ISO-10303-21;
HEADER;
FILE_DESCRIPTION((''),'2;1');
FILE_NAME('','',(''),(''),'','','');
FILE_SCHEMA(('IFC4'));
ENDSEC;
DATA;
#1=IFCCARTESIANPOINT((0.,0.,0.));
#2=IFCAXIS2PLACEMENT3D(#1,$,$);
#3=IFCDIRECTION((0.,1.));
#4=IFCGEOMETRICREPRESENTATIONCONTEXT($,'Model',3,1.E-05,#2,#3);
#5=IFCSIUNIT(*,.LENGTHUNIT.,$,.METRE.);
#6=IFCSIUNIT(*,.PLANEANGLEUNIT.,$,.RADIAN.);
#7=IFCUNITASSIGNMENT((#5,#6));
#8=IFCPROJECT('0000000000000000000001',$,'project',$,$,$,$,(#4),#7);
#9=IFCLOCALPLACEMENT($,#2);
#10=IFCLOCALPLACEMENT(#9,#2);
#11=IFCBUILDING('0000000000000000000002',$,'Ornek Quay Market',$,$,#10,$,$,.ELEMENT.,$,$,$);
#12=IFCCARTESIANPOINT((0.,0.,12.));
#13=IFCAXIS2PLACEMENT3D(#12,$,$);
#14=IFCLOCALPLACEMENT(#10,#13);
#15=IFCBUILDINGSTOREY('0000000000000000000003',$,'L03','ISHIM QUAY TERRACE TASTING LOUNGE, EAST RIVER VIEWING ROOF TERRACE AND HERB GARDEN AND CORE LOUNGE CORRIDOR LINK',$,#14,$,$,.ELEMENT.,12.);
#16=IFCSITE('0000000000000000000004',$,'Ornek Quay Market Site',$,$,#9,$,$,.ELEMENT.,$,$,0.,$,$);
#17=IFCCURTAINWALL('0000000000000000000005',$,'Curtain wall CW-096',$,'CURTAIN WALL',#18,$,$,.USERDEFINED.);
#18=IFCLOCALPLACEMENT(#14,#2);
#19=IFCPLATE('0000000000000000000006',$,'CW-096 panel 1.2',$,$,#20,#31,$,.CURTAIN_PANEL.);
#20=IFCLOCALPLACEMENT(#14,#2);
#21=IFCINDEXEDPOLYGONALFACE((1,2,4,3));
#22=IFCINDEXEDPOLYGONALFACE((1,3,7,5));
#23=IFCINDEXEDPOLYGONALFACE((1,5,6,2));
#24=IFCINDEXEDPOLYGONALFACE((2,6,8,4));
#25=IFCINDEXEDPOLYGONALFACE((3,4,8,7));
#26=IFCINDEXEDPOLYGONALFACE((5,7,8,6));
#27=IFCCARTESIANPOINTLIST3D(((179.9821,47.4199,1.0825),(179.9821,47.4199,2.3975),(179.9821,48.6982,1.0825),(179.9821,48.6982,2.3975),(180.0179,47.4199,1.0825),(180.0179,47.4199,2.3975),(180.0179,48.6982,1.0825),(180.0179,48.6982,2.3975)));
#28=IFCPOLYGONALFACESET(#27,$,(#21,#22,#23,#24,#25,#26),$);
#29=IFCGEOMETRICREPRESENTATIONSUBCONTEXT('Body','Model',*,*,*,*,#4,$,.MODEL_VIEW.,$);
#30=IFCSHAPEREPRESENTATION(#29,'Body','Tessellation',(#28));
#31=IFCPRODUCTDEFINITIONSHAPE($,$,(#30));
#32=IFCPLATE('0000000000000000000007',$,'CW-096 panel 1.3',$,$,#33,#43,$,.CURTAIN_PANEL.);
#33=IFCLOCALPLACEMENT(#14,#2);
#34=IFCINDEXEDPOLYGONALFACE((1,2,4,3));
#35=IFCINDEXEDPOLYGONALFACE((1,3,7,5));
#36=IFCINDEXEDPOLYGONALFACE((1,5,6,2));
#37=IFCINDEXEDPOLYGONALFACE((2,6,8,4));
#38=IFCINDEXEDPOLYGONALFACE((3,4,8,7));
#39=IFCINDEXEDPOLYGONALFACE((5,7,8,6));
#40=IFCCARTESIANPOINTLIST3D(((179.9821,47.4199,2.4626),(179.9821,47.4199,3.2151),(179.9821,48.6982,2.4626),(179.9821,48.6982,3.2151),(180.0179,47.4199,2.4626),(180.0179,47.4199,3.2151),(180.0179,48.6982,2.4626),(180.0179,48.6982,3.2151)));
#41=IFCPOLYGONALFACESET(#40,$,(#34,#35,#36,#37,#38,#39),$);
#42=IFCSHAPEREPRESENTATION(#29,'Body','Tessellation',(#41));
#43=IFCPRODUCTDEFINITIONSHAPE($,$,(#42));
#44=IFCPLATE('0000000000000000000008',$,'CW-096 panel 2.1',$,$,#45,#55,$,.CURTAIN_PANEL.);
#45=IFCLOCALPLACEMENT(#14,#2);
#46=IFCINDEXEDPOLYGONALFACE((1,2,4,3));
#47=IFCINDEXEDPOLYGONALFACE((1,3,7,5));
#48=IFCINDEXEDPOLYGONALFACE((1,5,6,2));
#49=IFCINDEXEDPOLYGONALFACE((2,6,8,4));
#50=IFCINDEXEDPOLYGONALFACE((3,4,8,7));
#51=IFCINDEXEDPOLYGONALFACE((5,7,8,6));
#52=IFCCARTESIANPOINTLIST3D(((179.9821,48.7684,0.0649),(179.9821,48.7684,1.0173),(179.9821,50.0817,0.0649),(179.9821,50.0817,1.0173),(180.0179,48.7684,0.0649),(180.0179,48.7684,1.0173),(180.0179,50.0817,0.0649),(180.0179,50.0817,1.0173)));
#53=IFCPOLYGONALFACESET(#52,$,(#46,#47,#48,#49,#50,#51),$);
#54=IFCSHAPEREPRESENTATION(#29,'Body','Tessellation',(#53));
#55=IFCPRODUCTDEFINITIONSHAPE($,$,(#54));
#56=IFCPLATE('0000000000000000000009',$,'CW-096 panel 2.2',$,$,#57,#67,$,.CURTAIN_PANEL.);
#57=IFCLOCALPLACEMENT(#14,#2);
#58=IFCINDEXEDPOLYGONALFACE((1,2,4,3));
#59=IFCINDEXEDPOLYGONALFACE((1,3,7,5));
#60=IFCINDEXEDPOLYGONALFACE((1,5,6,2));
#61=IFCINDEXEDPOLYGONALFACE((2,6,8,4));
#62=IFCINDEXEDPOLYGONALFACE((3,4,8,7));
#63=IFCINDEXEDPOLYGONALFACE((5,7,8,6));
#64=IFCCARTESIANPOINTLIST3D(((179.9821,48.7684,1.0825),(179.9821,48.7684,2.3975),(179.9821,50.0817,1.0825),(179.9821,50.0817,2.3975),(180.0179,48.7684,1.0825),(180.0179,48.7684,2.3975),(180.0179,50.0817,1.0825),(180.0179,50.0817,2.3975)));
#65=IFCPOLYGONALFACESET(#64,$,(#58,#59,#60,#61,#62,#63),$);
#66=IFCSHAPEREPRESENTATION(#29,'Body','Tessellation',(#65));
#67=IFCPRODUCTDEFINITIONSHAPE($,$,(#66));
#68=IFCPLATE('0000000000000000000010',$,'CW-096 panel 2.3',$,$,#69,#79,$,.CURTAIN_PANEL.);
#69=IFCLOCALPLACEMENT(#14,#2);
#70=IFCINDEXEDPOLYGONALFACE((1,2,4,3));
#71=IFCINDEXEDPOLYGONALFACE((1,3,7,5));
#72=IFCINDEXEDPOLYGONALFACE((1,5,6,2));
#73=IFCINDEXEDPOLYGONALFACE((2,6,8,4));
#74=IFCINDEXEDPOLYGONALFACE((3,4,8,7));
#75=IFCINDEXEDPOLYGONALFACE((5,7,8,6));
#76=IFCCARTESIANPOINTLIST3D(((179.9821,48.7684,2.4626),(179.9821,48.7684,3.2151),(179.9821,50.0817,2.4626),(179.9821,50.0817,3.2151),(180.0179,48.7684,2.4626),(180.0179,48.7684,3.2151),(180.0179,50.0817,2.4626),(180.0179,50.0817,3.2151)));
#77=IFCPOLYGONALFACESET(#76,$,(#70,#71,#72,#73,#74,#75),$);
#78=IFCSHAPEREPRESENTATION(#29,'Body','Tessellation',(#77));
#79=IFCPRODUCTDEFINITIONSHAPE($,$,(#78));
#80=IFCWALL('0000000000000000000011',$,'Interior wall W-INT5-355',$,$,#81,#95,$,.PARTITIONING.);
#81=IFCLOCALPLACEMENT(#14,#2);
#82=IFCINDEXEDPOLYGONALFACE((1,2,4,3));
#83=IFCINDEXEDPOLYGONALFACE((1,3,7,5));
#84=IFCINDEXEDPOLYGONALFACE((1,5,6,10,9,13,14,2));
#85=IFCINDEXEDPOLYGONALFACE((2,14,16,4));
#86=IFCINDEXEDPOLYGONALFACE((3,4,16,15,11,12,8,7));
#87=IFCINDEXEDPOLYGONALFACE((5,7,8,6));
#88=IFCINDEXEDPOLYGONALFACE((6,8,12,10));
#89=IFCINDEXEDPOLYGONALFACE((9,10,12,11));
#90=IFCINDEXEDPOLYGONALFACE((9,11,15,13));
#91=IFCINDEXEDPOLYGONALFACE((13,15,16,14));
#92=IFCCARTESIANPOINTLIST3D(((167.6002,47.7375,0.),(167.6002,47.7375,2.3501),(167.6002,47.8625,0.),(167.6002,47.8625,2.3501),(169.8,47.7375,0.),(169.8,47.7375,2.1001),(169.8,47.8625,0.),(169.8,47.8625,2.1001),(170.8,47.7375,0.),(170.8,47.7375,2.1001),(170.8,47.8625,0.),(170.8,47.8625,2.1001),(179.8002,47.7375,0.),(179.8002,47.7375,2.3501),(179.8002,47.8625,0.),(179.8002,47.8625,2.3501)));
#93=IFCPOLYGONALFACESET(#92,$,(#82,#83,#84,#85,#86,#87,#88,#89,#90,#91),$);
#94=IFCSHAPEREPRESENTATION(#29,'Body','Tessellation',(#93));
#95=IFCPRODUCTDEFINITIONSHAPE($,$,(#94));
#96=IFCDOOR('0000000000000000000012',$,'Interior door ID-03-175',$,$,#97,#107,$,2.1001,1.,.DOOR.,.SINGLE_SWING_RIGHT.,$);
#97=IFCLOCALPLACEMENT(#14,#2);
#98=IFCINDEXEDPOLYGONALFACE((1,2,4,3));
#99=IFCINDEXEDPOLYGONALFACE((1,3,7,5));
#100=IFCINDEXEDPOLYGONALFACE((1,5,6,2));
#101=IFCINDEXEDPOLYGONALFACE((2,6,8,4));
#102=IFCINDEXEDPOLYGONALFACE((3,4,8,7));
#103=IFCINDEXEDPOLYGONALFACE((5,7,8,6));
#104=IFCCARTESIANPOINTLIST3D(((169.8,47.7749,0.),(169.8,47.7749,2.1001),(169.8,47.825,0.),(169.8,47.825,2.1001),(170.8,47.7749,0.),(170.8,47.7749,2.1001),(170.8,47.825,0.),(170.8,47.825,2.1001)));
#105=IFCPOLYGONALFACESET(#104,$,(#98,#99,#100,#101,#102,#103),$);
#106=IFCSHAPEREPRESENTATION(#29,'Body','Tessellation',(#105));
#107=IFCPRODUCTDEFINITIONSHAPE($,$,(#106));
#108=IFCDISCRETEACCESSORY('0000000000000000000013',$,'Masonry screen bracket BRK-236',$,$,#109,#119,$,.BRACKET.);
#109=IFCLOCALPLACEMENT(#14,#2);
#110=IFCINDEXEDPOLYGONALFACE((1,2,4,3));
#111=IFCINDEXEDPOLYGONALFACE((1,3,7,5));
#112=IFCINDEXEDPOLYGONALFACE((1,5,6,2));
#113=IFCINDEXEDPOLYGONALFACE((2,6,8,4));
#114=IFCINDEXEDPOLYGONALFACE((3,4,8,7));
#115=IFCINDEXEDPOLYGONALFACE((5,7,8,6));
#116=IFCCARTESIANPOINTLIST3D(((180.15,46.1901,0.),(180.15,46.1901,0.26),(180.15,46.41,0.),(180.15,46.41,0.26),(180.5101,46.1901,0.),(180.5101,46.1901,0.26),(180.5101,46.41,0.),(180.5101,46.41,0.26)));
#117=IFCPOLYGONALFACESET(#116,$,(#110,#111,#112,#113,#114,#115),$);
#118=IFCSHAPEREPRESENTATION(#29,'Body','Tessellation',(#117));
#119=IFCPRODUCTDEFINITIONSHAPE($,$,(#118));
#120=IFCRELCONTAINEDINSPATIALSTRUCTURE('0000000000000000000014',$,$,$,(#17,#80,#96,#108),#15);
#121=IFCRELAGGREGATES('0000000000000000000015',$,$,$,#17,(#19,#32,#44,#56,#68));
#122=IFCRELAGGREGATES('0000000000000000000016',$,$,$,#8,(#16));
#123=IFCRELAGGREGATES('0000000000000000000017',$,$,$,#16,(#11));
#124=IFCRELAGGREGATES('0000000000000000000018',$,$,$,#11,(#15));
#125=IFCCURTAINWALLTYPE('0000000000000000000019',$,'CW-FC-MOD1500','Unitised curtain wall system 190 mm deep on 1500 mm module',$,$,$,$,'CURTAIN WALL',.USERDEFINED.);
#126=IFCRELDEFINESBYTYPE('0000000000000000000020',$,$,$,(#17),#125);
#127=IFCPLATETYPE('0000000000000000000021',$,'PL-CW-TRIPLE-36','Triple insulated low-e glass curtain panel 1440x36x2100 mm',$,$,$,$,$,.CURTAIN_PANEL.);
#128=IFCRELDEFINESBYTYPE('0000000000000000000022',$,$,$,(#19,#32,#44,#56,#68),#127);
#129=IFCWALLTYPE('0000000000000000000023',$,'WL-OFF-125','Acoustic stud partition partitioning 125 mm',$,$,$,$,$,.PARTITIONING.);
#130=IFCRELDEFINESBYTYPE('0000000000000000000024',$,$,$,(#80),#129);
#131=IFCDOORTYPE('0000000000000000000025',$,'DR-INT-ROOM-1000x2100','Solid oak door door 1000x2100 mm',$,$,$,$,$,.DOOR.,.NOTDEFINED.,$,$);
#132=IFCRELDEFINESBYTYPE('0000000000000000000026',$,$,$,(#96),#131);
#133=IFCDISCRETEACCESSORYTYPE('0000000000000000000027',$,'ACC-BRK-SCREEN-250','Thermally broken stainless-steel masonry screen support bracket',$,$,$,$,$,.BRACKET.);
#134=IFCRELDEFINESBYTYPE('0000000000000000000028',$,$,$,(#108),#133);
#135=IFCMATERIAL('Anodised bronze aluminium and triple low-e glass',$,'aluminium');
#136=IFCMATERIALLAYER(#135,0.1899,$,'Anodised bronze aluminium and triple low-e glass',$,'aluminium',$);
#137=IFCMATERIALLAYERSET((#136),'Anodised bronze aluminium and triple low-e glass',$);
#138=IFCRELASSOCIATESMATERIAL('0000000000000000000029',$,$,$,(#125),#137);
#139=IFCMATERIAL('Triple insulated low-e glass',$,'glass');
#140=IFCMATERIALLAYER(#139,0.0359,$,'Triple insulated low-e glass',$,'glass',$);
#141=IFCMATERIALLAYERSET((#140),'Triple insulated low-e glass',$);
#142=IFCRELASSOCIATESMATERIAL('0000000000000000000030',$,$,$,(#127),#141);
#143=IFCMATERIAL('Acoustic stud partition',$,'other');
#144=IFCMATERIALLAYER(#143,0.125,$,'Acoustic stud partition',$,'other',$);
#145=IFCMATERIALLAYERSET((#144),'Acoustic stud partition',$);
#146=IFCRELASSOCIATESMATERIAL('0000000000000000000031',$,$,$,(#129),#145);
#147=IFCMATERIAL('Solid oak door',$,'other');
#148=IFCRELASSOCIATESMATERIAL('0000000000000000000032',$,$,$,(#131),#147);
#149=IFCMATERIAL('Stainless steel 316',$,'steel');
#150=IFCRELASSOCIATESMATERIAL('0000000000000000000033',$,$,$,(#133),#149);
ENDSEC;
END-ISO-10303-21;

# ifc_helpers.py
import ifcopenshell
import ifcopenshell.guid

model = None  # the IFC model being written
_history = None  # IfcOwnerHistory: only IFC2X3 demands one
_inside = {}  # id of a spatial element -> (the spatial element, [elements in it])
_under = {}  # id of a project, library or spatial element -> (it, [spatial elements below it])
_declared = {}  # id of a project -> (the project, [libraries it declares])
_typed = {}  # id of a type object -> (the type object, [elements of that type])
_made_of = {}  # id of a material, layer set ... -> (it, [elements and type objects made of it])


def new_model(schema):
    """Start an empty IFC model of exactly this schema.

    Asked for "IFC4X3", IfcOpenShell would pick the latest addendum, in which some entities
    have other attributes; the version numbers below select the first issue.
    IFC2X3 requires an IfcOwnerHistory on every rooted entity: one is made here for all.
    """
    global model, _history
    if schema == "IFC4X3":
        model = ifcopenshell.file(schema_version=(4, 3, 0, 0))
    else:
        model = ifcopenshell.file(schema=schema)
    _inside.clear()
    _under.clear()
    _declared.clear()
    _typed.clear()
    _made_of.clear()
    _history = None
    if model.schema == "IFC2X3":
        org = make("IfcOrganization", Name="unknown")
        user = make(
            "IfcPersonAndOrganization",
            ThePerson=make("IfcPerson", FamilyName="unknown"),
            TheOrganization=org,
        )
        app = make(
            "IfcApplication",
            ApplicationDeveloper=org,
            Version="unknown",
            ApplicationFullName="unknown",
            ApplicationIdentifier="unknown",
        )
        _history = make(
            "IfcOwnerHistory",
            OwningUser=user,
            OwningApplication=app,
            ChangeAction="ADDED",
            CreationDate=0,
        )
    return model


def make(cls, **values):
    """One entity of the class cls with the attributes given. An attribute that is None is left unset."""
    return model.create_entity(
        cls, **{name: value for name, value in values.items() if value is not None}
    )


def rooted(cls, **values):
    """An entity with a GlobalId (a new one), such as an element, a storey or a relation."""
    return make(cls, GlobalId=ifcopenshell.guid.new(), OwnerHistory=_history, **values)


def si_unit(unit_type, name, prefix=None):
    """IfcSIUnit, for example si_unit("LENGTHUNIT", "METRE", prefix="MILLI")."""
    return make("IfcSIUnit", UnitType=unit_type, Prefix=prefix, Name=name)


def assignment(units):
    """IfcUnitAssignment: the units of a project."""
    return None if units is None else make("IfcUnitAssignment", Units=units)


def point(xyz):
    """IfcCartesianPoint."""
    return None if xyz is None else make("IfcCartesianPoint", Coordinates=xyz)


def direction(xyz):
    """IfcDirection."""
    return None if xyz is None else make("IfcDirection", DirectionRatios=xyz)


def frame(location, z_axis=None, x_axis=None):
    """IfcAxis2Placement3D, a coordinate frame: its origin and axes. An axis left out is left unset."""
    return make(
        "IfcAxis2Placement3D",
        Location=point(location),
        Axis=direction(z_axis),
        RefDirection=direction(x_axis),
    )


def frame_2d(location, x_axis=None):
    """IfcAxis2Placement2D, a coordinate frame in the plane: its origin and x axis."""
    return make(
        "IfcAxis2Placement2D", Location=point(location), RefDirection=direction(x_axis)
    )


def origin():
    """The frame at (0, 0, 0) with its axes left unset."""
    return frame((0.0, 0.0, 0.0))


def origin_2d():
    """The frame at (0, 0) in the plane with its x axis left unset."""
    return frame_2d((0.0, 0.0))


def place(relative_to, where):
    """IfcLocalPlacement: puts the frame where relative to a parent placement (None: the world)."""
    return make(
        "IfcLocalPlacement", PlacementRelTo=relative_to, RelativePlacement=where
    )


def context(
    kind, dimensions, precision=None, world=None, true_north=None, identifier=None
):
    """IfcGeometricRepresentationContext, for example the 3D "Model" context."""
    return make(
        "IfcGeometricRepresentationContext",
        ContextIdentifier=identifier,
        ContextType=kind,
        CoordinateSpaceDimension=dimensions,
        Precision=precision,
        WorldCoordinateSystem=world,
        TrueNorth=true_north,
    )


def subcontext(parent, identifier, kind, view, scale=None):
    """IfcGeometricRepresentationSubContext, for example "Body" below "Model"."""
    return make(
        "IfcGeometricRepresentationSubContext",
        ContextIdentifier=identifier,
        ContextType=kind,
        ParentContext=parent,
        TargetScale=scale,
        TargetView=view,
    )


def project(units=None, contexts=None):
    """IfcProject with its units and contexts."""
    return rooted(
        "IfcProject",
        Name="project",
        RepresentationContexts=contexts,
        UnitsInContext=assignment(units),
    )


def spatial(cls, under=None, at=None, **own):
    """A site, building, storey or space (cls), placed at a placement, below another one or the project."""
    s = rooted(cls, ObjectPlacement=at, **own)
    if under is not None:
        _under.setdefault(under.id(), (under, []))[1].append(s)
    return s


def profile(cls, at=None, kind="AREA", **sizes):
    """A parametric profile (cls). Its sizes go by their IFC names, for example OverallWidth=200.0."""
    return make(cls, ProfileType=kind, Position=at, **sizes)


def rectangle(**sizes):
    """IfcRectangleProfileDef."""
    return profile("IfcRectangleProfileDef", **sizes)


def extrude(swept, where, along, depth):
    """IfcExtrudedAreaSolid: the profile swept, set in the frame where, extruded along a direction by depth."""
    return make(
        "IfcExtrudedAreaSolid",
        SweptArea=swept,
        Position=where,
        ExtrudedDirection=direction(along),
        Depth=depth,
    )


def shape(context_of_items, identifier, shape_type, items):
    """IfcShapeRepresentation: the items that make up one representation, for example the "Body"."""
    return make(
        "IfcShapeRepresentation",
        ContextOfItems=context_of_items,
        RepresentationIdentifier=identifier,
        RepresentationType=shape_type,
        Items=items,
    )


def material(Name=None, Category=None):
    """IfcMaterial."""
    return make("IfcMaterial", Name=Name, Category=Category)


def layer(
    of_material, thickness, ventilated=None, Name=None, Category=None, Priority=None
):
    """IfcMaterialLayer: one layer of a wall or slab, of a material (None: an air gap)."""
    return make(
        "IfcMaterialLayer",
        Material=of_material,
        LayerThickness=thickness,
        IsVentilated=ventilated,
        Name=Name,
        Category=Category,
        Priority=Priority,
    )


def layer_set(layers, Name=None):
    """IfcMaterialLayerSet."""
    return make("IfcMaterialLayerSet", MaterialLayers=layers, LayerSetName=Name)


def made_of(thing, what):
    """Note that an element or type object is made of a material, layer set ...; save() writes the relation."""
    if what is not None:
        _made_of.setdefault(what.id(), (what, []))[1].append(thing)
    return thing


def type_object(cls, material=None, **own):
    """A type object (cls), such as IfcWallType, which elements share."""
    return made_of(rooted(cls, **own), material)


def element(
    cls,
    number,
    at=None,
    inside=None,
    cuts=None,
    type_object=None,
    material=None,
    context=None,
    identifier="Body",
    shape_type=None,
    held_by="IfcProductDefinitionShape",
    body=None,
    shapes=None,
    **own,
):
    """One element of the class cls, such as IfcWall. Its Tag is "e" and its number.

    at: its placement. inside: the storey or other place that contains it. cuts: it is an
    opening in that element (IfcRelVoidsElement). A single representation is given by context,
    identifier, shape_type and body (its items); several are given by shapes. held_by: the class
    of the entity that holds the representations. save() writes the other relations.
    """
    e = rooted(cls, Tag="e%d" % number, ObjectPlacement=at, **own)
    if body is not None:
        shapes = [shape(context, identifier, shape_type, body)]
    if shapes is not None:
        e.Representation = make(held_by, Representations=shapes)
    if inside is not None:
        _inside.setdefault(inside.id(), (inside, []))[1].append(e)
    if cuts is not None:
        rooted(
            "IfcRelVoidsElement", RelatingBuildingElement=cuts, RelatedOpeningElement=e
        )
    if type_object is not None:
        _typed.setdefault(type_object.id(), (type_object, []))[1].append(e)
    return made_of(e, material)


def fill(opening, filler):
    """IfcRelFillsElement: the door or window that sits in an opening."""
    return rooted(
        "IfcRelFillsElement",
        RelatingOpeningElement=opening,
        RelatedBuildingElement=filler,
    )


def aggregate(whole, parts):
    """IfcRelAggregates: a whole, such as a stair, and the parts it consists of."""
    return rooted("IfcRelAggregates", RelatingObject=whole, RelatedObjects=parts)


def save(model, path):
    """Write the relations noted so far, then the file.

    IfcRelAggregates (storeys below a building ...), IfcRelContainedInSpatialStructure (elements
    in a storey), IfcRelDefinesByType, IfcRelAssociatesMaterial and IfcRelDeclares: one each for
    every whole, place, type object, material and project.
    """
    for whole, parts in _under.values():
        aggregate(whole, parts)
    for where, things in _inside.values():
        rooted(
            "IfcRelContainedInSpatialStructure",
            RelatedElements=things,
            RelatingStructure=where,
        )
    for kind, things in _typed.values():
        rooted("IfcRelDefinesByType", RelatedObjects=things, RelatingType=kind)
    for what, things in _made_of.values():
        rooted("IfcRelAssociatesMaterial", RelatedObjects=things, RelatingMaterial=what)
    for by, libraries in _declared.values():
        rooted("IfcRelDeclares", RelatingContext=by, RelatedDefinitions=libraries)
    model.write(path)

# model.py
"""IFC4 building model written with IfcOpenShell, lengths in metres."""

from ifc_helpers import new_model, si_unit, direction, frame, frame_2d, origin, origin_2d, place, context, subcontext, project, spatial, rectangle, extrude, material, layer, layer_set, type_object, element, fill, aggregate, save


model = new_model("IFC4")

# Units and contexts
model_context = context("Model", 3, precision=1e-05, world=origin(), true_north=direction((0.0, 1.0)))
body_context = subcontext(model_context, "Body", "Model", "MODEL_VIEW")
ifc_project = project(units=[si_unit("LENGTHUNIT", "METRE"), si_unit("PLANEANGLEUNIT", "RADIAN")], contexts=[model_context])

# Site, building, storey
site_placement = place(None, origin())
site = spatial("IfcSite", under=ifc_project, at=site_placement, Name="Ornek Quay Market Site", CompositionType="ELEMENT", RefElevation=0.0)
building_placement = place(site_placement, origin())
building = spatial("IfcBuilding", under=site, at=building_placement, Name="Ornek Quay Market", CompositionType="ELEMENT")
storey_placement = place(building_placement, frame((0.0, 0.0, 12.0)))
storey = spatial("IfcBuildingStorey", under=building, at=storey_placement, Name="L03", Description="ISHIM QUAY TERRACE TASTING LOUNGE, EAST RIVER VIEWING ROOF TERRACE AND HERB GARDEN AND CORE LOUNGE CORRIDOR LINK", CompositionType="ELEMENT", Elevation=12.0)

# Shared definitions
ifc_material_1 = material(Name="Anodised bronze aluminium and triple low-e glass", Category="aluminium")

# Curtain wall
ifc_layer_1 = layer(ifc_material_1, 0.1899, Name="Anodised bronze aluminium and triple low-e glass", Category="aluminium")
ifc_layer_set_1 = layer_set([ifc_layer_1], Name="Anodised bronze aluminium and triple low-e glass")
curtain_wall_type_1 = type_object("IfcCurtainWallType", Name="CW-FC-MOD1500", Description="Unitised curtain wall system 190 mm deep on 1500 mm module", ElementType="CURTAIN WALL", PredefinedType="USERDEFINED", material=ifc_layer_set_1)
curtain_wall_1_placement = place(storey_placement, origin())
curtain_wall_1 = element("IfcCurtainWall", 1, at=curtain_wall_1_placement, inside=storey, type_object=curtain_wall_type_1, Name="Curtain wall CW-096", ObjectType="CURTAIN WALL", PredefinedType="USERDEFINED")

# Plates
ifc_material_2 = material(Name="Triple insulated low-e glass", Category="glass")
ifc_layer_2 = layer(ifc_material_2, 0.0359, Name="Triple insulated low-e glass", Category="glass")
ifc_layer_set_2 = layer_set([ifc_layer_2], Name="Triple insulated low-e glass")
plate_type = type_object("IfcPlateType", Name="PL-CW-TRIPLE-36", Description="Triple insulated low-e glass curtain panel 1440x36x2100 mm", PredefinedType="CURTAIN_PANEL", material=ifc_layer_set_2)
plate_1_placement = place(storey_placement, frame((180.0, 48.0591, 1.0825), z_axis=(0.0, 0.0, 1.0), x_axis=(0.0, 1.0, 0.0)))
plate_1 = element("IfcPlate", 2, at=plate_1_placement, type_object=plate_type, Name="CW-096 panel 1.2", PredefinedType="CURTAIN_PANEL", context=body_context, shape_type="SweptSolid", body=[
    extrude(rectangle(XDim=1.2783, YDim=0.0359, at=origin_2d()), origin(), (0.0, 0.0, 1.0), 1.3149),
])
plate_2_placement = place(storey_placement, frame((180.0, 48.0591, 2.4626), z_axis=(0.0, 0.0, 1.0), x_axis=(0.0, 1.0, 0.0)))
plate_2 = element("IfcPlate", 3, at=plate_2_placement, type_object=plate_type, Name="CW-096 panel 1.3", PredefinedType="CURTAIN_PANEL", context=body_context, shape_type="SweptSolid", body=[
    extrude(rectangle(XDim=1.2783, YDim=0.0359, at=origin_2d()), origin(), (0.0, 0.0, 1.0), 0.7524),
])
plate_3_placement = place(storey_placement, frame((180.0, 49.425, 0.0649), z_axis=(0.0, 0.0, 1.0), x_axis=(0.0, 1.0, 0.0)))
plate_3 = element("IfcPlate", 4, at=plate_3_placement, type_object=plate_type, Name="CW-096 panel 2.1", PredefinedType="CURTAIN_PANEL", context=body_context, shape_type="SweptSolid", body=[
    extrude(rectangle(XDim=1.3132, YDim=0.0359, at=origin_2d()), origin(), (0.0, 0.0, 1.0), 0.9524),
])
plate_4_placement = place(storey_placement, frame((180.0, 49.425, 1.0825), z_axis=(0.0, 0.0, 1.0), x_axis=(0.0, 1.0, 0.0)))
plate_4 = element("IfcPlate", 5, at=plate_4_placement, type_object=plate_type, Name="CW-096 panel 2.2", PredefinedType="CURTAIN_PANEL", context=body_context, shape_type="SweptSolid", body=[
    extrude(rectangle(XDim=1.3132, YDim=0.0359, at=origin_2d()), origin(), (0.0, 0.0, 1.0), 1.3149),
])
plate_5_placement = place(storey_placement, frame((180.0, 49.425, 2.4626), z_axis=(0.0, 0.0, 1.0), x_axis=(0.0, 1.0, 0.0)))
plate_5 = element("IfcPlate", 6, at=plate_5_placement, type_object=plate_type, Name="CW-096 panel 2.3", PredefinedType="CURTAIN_PANEL", context=body_context, shape_type="SweptSolid", body=[
    extrude(rectangle(XDim=1.3132, YDim=0.0359, at=origin_2d()), origin(), (0.0, 0.0, 1.0), 0.7524),
])
aggregate(curtain_wall_1, [plate_1, plate_2, plate_3, plate_4, plate_5])

# Wall, opening, door
ifc_material_3 = material(Name="Acoustic stud partition", Category="other")
ifc_layer_3 = layer(ifc_material_3, 0.125, Name="Acoustic stud partition", Category="other")
ifc_layer_set_3 = layer_set([ifc_layer_3], Name="Acoustic stud partition")
wall_type = type_object("IfcWallType", Name="WL-OFF-125", Description="Acoustic stud partition partitioning 125 mm", PredefinedType="PARTITIONING", material=ifc_layer_set_3)
wall_placement = place(storey_placement, frame((167.6001, 47.8, 0.0), z_axis=(0.0, 0.0, 1.0), x_axis=(1.0, 0.0, 0.0)))
wall = element("IfcWall", 7, at=wall_placement, inside=storey, type_object=wall_type, Name="Interior wall W-INT5-355", PredefinedType="PARTITIONING", context=body_context, shape_type="SweptSolid", body=[
    extrude(rectangle(XDim=12.2, YDim=0.125, at=frame_2d((6.1001, 0.0))), origin(), (0.0, 0.0, 1.0), 2.3501),
])
opening_placement = place(wall_placement, frame((2.2, 0.0, 0.0)))
opening = element("IfcOpeningElement", 8, at=opening_placement, cuts=wall, PredefinedType="OPENING", context=body_context, shape_type="SweptSolid", body=[
    extrude(rectangle(XDim=1.0, YDim=2.1001, at=frame_2d((0.5, 1.05))), frame((0.0, 0.0725, 0.0), z_axis=(0.0, -1.0, 0.0), x_axis=(1.0, 0.0, 0.0)), (0.0, 0.0, 1.0), 0.145),
])
ifc_material_4 = material(Name="Solid oak door", Category="other")
door_type = type_object("IfcDoorType", Name="DR-INT-ROOM-1000x2100", Description="Solid oak door door 1000x2100 mm", OperationType="NOTDEFINED", PredefinedType="DOOR", material=ifc_material_4)
door_placement = place(opening_placement, origin())
door = element("IfcDoor", 9, at=door_placement, inside=storey, type_object=door_type, Name="Interior door ID-03-175", OperationType="SINGLE_SWING_RIGHT", OverallHeight=2.1001, OverallWidth=1.0, PredefinedType="DOOR", context=body_context, shape_type="SweptSolid", body=[
    extrude(rectangle(XDim=1.0, YDim=2.1001, at=frame_2d((0.5, 1.05))), frame((0.0, 0.0249, 0.0), z_axis=(0.0, -1.0, 0.0), x_axis=(1.0, 0.0, 0.0)), (0.0, 0.0, 1.0), 0.05),
])
fill(opening, door)

# Discrete accessory
ifc_material_5 = material(Name="Stainless steel 316", Category="steel")
discrete_accessory_type = type_object("IfcDiscreteAccessoryType", Name="ACC-BRK-SCREEN-250", Description="Thermally broken stainless-steel masonry screen support bracket", PredefinedType="BRACKET", material=ifc_material_5)
discrete_accessory_placement = place(storey_placement, frame((180.3301, 46.3, 0.0), z_axis=(0.0, 0.0, 1.0), x_axis=(0.0, 1.0, 0.0)))
element("IfcDiscreteAccessory", 10, at=discrete_accessory_placement, inside=storey, type_object=discrete_accessory_type, Name="Masonry screen bracket BRK-236", PredefinedType="BRACKET", context=body_context, shape_type="SweptSolid", body=[
    extrude(rectangle(XDim=0.22, YDim=0.3601, at=origin_2d()), origin(), (0.0, 0.0, 1.0), 0.26),
])

save(model, "model.ifc")
